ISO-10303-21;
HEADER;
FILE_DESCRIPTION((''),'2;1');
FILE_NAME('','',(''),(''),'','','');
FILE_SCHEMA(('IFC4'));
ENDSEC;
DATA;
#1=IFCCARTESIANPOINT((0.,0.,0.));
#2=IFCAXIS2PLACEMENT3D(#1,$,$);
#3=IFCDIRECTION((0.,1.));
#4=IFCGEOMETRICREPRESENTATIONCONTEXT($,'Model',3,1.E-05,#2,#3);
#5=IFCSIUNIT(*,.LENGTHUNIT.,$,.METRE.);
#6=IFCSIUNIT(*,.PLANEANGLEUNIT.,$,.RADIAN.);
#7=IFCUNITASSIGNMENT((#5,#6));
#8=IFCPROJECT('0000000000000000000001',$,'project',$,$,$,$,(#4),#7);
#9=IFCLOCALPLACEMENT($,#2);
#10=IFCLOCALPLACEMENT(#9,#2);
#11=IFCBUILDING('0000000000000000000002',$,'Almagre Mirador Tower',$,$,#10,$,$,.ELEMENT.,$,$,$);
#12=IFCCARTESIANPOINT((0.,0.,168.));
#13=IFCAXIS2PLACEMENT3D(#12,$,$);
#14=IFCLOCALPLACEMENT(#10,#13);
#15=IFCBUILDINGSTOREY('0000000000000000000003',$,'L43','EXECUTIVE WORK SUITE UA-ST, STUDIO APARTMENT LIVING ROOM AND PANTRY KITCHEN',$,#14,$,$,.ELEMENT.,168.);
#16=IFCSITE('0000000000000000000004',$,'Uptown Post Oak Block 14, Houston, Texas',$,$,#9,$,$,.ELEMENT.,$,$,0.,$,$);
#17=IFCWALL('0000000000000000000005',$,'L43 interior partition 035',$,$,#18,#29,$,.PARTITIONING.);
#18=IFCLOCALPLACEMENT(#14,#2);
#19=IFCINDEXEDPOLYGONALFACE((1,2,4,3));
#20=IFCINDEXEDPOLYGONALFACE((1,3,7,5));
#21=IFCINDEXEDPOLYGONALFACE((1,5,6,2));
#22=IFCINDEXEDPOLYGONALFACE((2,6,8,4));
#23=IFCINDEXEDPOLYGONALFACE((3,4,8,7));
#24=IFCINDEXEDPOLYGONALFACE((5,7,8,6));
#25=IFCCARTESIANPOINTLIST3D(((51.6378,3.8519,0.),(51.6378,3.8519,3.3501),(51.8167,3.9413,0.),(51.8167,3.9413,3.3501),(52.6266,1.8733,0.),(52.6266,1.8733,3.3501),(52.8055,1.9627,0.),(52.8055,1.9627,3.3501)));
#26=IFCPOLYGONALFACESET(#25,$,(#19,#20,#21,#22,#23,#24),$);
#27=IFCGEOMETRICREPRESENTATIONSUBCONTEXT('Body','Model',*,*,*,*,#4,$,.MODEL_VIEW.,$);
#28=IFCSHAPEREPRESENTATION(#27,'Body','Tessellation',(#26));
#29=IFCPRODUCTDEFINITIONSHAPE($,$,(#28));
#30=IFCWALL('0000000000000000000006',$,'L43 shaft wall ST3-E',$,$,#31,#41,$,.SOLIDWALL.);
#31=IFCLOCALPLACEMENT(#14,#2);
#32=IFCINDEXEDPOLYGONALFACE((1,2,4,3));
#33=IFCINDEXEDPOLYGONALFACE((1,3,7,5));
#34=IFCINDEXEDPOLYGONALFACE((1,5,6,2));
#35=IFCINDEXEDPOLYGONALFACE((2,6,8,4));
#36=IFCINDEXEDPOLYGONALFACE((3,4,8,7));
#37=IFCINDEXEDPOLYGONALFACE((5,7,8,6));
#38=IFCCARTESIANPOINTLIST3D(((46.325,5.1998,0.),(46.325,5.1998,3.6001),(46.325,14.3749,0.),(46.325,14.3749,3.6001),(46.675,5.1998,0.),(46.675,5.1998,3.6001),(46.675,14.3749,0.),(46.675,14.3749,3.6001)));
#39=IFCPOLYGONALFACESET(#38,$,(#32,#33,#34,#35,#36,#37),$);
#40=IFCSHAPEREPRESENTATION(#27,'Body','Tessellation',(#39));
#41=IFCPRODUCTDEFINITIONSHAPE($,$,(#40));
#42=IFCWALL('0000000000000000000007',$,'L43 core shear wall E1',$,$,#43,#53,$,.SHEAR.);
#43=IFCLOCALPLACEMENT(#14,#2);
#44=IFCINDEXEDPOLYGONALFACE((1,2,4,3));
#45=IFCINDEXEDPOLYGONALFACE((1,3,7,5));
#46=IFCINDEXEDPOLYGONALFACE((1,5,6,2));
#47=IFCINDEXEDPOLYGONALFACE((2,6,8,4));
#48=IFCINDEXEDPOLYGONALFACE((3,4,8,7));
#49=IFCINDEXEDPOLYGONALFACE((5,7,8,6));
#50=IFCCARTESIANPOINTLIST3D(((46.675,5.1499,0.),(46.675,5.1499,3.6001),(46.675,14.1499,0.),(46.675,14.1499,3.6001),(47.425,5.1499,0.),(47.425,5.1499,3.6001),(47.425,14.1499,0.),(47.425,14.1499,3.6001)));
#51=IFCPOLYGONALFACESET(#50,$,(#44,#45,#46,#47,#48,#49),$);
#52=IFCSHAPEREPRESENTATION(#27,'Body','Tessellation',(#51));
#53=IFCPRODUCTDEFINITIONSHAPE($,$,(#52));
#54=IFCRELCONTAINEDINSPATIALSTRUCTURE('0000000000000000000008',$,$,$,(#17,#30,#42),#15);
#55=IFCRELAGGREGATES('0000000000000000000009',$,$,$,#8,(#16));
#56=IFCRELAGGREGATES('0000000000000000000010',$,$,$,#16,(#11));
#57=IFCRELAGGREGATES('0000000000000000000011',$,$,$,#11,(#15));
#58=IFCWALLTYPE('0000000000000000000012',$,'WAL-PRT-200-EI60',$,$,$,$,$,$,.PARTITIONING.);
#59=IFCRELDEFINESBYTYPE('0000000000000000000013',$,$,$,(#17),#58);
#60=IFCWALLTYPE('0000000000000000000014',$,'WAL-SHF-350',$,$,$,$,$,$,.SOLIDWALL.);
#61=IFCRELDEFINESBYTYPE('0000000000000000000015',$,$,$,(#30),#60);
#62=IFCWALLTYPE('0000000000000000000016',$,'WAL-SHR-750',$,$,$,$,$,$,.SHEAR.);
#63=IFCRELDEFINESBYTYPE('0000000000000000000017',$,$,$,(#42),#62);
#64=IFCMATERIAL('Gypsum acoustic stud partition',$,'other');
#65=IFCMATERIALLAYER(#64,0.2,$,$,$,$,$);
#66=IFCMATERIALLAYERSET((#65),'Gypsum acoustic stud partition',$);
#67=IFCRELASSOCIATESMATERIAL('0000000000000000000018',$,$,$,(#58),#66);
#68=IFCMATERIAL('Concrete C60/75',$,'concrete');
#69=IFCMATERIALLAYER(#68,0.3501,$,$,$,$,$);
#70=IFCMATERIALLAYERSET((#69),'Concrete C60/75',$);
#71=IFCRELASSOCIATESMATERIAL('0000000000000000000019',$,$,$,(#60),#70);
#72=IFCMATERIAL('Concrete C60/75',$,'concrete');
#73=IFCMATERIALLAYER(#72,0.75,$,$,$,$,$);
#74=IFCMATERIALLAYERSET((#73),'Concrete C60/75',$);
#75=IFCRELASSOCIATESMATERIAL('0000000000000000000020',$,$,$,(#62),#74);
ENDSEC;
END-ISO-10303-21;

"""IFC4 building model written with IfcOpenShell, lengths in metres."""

from ifc_helpers import new_model, si_unit, direction, frame, frame_2d, origin, place, context, subcontext, project, spatial, rectangle, extrude, material, layer, layer_set, type_object, element, save


model = new_model("IFC4")

# Units and contexts
model_context = context("Model", 3, precision=1e-05, world=origin(), true_north=direction((0.0, 1.0)))
body_context = subcontext(model_context, "Body", "Model", "MODEL_VIEW")
ifc_project = project(units=[si_unit("LENGTHUNIT", "METRE"), si_unit("PLANEANGLEUNIT", "RADIAN")], contexts=[model_context])

# Site, building, storey
site_placement = place(None, origin())
site = spatial("IfcSite", under=ifc_project, at=site_placement, Name="Uptown Post Oak Block 14, Houston, Texas", CompositionType="ELEMENT", RefElevation=0.0)
building_placement = place(site_placement, origin())
building = spatial("IfcBuilding", under=site, at=building_placement, Name="Almagre Mirador Tower", CompositionType="ELEMENT")
storey_placement = place(building_placement, frame((0.0, 0.0, 168.0)))
storey = spatial("IfcBuildingStorey", under=building, at=storey_placement, Name="L43", Description="EXECUTIVE WORK SUITE UA-ST, STUDIO APARTMENT LIVING ROOM AND PANTRY KITCHEN", CompositionType="ELEMENT", Elevation=168.0)

# Walls
ifc_material_1 = material(Name="Gypsum acoustic stud partition", Category="other")
ifc_layer_1 = layer(ifc_material_1, 0.2)
ifc_layer_set_1 = layer_set([ifc_layer_1], Name="Gypsum acoustic stud partition")
wall_type_1 = type_object("IfcWallType", Name="WAL-PRT-200-EI60", PredefinedType="PARTITIONING", material=ifc_layer_set_1)
wall_1_placement = place(storey_placement, frame((52.7161, 1.918, 0.0), z_axis=(0.0, 0.0, 1.0), x_axis=(-0.447037, 0.894515, 0.0)))
element("IfcWall", 1, at=wall_1_placement, inside=storey, type_object=wall_type_1, Name="L43 interior partition 035", PredefinedType="PARTITIONING", context=body_context, shape_type="SweptSolid", body=[
    extrude(rectangle(XDim=2.2119, YDim=0.2, at=frame_2d((1.106, 0.0))), origin(), (0.0, 0.0, 1.0), 3.3501),
])
ifc_material_2 = material(Name="Concrete C60/75", Category="concrete")
ifc_layer_2 = layer(ifc_material_2, 0.3501)
ifc_layer_set_2 = layer_set([ifc_layer_2], Name="Concrete C60/75")
wall_type_2 = type_object("IfcWallType", Name="WAL-SHF-350", PredefinedType="SOLIDWALL", material=ifc_layer_set_2)
wall_2_placement = place(storey_placement, frame((46.5, 5.2, 0.0), z_axis=(0.0, 0.0, 1.0), x_axis=(0.0, 1.0, 0.0)))
element("IfcWall", 2, at=wall_2_placement, inside=storey, type_object=wall_type_2, Name="L43 shaft wall ST3-E", PredefinedType="SOLIDWALL", context=body_context, shape_type="SweptSolid", body=[
    extrude(rectangle(XDim=9.175, YDim=0.3501, at=frame_2d((4.5874, 0.0))), origin(), (0.0, 0.0, 1.0), 3.6001),
])
ifc_material_3 = material(Name="Concrete C60/75", Category="concrete")
ifc_layer_3 = layer(ifc_material_3, 0.75)
ifc_layer_set_3 = layer_set([ifc_layer_3], Name="Concrete C60/75")
wall_type_3 = type_object("IfcWallType", Name="WAL-SHR-750", PredefinedType="SHEAR", material=ifc_layer_set_3)
wall_3_placement = place(storey_placement, frame((47.05, 5.1499, 0.0), z_axis=(0.0, 0.0, 1.0), x_axis=(0.0, 1.0, 0.0)))
element("IfcWall", 3, at=wall_3_placement, inside=storey, type_object=wall_type_3, Name="L43 core shear wall E1", PredefinedType="SHEAR", context=body_context, shape_type="SweptSolid", body=[
    extrude(rectangle(XDim=9.0, YDim=0.75, at=frame_2d((4.5, 0.0))), origin(), (0.0, 0.0, 1.0), 3.6001),
])

save(model, "model.ifc")
